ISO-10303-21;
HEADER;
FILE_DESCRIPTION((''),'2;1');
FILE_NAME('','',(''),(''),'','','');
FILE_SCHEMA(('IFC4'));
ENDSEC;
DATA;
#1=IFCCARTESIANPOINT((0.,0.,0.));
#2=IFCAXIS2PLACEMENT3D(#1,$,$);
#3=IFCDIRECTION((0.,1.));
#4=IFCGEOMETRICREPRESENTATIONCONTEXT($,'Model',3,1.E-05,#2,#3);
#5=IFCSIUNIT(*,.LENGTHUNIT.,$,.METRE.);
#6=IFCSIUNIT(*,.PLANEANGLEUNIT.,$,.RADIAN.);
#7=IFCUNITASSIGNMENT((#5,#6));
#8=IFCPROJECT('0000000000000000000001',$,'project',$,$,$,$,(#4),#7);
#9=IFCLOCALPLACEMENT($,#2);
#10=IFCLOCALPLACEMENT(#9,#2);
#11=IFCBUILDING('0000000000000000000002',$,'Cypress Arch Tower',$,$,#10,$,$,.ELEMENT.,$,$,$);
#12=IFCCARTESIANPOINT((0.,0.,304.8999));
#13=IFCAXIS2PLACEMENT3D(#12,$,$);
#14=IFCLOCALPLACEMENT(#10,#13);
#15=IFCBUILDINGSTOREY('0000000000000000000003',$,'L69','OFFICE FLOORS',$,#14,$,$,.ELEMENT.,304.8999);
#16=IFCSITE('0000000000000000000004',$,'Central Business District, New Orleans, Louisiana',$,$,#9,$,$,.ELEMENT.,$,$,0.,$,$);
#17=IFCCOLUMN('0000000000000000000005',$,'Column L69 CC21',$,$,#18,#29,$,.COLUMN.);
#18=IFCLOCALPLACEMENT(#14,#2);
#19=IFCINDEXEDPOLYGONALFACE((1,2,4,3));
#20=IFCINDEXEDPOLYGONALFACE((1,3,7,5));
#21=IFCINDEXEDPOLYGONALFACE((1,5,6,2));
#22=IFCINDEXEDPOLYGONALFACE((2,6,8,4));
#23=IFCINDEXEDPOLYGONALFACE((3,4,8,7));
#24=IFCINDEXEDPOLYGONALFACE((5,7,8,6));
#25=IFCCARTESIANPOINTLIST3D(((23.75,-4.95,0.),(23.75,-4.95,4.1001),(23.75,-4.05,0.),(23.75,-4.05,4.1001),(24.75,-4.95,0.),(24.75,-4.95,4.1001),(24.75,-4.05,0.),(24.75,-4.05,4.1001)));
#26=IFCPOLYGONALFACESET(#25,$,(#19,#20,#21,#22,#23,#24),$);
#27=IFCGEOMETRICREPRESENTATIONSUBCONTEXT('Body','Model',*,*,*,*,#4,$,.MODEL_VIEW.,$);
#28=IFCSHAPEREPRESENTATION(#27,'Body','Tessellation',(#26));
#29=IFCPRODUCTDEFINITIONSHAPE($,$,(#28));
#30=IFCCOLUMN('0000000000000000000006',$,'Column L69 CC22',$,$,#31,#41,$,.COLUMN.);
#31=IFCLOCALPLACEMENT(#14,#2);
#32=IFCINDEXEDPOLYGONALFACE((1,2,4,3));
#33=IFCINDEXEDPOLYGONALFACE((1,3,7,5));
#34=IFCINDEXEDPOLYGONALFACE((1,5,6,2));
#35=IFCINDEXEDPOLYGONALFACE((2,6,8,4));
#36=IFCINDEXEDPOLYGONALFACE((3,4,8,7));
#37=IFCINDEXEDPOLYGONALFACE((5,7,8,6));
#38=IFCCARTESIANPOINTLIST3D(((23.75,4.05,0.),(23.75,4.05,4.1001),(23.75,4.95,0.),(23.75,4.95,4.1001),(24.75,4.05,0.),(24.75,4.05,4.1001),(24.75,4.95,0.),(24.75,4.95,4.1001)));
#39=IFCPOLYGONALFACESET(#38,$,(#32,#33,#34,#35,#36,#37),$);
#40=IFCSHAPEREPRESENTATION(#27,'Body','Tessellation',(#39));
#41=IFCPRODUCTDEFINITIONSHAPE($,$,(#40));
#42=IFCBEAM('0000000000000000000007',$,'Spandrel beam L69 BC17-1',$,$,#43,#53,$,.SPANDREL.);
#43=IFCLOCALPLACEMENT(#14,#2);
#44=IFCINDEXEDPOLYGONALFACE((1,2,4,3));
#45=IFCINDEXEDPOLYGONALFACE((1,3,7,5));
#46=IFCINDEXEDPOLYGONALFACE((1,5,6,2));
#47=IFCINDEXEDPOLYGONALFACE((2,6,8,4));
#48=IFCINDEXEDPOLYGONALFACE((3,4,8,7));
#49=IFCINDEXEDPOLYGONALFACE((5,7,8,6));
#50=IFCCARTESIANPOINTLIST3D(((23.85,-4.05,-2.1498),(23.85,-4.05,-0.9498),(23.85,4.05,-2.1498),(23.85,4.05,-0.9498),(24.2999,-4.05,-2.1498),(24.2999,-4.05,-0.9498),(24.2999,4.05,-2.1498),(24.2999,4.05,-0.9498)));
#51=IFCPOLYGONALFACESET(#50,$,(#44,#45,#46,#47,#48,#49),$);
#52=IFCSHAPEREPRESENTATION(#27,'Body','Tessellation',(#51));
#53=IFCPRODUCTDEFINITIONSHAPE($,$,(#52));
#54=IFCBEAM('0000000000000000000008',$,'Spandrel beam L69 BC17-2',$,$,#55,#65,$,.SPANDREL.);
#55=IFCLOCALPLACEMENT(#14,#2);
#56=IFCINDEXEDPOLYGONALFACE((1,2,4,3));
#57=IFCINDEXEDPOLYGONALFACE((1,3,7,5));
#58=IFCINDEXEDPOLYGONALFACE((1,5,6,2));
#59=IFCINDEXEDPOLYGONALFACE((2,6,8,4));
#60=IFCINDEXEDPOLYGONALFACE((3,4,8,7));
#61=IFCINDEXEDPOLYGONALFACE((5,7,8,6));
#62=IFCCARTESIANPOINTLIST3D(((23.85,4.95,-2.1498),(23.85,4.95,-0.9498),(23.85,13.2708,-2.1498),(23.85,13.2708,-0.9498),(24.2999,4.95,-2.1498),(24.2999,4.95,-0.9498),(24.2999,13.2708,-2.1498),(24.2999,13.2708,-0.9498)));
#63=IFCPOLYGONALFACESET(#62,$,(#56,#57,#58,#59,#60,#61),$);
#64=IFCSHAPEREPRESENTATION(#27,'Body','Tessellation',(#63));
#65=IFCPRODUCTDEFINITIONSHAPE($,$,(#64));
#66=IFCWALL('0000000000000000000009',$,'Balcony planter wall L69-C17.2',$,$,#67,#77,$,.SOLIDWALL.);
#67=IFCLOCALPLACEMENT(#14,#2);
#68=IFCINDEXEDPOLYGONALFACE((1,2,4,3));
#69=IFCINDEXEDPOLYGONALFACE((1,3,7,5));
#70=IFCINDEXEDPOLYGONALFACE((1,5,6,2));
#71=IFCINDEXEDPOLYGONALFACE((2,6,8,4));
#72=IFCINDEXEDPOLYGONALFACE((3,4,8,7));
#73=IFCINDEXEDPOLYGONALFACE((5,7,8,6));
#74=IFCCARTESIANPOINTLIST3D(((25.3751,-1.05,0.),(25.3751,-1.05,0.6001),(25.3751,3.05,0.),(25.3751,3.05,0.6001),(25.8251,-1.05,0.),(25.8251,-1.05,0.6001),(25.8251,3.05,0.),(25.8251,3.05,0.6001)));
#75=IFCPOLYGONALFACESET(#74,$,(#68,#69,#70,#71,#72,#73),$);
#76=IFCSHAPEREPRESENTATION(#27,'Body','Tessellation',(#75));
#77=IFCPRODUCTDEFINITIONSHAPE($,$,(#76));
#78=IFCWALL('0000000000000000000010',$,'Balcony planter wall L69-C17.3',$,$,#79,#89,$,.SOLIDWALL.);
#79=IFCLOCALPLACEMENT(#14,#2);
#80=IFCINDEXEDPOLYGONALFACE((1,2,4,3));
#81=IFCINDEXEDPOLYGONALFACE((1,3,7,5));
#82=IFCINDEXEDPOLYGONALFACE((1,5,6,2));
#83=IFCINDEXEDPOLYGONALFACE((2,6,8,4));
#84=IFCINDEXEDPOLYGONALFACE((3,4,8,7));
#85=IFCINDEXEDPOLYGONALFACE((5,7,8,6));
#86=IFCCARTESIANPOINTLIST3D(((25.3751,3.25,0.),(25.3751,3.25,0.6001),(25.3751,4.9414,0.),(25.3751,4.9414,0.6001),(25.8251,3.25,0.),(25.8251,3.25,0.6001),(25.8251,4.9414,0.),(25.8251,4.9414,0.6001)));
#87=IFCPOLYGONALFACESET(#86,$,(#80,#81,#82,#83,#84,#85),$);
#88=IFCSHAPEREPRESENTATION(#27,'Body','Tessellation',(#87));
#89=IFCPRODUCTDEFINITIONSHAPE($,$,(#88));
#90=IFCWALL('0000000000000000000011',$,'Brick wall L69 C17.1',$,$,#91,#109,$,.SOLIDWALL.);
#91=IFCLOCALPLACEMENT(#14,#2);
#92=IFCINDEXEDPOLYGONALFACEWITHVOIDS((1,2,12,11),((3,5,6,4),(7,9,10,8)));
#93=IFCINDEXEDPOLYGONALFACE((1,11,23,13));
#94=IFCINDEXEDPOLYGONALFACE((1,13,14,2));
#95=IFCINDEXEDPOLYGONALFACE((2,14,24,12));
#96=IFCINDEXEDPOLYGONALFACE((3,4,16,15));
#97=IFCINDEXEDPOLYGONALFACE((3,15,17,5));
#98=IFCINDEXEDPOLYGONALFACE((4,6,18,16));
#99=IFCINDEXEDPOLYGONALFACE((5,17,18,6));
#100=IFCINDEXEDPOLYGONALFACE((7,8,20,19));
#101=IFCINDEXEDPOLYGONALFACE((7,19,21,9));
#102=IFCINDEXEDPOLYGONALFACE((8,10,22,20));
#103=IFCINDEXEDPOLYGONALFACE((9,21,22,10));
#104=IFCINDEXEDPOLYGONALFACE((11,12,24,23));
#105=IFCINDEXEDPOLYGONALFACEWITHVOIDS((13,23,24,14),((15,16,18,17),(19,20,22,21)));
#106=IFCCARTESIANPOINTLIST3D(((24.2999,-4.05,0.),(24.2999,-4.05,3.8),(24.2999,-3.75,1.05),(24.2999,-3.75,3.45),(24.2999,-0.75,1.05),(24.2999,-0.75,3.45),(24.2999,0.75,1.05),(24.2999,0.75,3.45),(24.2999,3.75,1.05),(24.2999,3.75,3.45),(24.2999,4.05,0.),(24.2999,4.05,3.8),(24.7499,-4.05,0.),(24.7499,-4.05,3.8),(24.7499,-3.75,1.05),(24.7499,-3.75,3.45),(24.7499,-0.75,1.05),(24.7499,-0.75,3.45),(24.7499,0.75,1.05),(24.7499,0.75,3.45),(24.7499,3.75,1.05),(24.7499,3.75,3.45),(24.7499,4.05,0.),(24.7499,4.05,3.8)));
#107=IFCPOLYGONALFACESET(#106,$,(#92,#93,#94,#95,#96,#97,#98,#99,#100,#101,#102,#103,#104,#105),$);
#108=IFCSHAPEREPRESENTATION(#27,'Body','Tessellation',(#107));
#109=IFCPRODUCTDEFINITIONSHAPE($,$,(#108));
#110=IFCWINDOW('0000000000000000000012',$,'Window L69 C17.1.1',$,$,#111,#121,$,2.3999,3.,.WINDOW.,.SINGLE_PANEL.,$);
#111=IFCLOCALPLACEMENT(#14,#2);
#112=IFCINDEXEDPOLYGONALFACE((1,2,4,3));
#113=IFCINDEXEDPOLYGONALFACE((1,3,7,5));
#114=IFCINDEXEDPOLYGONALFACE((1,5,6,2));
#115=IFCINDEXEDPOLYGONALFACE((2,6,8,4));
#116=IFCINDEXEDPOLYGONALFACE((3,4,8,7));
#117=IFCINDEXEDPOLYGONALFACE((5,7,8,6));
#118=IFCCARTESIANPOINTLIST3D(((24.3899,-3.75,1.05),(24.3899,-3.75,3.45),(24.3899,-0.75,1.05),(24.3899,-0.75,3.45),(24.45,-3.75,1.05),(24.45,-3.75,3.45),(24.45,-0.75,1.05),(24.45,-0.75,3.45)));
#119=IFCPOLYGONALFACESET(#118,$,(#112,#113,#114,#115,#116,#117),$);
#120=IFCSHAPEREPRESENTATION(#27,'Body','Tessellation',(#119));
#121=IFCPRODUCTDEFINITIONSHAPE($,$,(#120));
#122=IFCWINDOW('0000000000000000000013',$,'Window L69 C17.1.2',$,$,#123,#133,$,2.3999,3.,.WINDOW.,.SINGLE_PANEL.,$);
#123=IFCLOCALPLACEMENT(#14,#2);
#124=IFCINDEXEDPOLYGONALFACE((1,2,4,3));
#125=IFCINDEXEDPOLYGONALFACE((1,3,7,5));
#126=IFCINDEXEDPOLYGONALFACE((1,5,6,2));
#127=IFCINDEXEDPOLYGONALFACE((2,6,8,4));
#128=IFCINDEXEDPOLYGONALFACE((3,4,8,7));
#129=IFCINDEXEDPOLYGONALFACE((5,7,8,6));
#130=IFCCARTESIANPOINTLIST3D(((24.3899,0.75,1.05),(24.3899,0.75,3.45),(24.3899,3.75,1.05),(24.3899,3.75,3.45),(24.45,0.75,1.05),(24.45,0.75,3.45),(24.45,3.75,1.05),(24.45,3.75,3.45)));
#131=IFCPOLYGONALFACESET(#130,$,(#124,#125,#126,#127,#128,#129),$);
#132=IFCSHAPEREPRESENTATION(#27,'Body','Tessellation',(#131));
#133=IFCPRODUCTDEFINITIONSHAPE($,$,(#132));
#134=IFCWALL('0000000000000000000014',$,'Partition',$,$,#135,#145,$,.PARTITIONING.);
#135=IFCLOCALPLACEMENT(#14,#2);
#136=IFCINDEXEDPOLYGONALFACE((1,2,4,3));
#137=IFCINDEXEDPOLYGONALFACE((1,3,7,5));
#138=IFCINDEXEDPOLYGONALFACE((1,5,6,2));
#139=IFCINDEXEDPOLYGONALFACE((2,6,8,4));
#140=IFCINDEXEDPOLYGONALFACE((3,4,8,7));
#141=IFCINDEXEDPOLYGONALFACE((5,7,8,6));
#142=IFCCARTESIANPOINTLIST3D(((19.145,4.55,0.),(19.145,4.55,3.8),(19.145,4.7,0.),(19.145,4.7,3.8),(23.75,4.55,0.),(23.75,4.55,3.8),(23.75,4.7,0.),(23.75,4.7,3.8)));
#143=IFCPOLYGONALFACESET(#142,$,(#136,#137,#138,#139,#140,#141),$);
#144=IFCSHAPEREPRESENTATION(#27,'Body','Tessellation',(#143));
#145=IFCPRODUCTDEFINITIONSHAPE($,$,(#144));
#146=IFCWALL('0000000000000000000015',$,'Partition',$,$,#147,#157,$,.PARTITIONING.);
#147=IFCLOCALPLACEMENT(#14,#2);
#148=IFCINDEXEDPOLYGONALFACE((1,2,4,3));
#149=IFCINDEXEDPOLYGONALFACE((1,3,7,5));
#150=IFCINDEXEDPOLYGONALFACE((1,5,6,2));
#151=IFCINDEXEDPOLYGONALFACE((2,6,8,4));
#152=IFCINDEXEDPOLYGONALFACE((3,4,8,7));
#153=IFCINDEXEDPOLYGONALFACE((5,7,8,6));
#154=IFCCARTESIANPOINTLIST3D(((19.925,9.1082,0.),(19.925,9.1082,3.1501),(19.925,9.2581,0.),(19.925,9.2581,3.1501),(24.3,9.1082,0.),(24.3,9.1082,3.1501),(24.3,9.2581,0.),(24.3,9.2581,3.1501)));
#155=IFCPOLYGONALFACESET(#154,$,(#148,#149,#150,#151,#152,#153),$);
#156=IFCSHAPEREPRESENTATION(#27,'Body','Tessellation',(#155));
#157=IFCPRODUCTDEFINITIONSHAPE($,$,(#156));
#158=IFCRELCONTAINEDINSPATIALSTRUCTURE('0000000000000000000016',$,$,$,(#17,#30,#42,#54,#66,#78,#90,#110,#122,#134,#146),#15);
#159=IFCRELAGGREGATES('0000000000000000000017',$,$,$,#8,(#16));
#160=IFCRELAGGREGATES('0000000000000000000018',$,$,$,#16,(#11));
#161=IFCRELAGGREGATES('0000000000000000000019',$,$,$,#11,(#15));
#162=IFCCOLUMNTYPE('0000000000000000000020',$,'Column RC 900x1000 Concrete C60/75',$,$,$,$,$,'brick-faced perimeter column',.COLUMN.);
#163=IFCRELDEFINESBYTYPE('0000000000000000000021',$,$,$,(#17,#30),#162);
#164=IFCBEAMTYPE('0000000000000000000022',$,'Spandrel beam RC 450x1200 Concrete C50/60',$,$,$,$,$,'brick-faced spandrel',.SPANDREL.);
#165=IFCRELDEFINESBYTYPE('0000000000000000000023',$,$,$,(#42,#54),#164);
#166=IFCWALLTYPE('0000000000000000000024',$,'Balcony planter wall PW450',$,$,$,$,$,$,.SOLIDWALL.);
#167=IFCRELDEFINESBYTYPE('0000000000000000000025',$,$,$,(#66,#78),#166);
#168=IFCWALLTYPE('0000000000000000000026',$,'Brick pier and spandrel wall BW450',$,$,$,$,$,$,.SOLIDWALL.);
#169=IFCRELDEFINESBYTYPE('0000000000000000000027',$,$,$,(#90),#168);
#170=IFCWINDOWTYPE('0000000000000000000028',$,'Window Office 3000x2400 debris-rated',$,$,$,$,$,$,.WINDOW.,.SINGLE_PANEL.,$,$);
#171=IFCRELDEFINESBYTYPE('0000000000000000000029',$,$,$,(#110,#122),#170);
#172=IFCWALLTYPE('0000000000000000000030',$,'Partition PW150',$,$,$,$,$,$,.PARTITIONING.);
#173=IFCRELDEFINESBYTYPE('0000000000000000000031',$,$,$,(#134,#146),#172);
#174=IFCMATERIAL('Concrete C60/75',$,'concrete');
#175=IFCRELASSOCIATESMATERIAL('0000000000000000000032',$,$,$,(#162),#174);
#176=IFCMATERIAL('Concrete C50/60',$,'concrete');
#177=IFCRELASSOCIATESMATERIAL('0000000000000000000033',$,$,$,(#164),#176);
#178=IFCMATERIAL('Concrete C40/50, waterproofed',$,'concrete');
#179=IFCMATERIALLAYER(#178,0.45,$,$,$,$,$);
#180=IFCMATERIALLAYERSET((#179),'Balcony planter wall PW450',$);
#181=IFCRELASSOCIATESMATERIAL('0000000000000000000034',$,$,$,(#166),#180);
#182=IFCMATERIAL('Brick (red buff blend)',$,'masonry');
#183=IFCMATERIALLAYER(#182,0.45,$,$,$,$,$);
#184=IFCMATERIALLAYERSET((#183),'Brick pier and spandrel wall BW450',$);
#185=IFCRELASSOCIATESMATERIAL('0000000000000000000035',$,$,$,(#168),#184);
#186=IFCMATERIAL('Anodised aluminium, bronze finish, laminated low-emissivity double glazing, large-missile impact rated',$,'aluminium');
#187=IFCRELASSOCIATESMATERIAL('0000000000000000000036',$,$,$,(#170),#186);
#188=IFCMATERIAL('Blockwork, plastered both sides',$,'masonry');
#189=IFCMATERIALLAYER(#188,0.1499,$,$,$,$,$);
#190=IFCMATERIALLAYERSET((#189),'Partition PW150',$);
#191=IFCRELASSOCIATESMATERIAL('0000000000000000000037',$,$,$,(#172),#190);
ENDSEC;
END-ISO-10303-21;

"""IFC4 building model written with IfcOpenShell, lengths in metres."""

from ifc_helpers import new_model, si_unit, direction, frame, frame_2d, origin, origin_2d, place, context, subcontext, project, spatial, rectangle, extrude, material, layer, layer_set, material_profile, profile_set, type_object, element, fill, save


model = new_model("IFC4")

# Units and contexts
model_context = context("Model", 3, precision=1e-05, world=origin(), true_north=direction((0.0, 1.0)))
body_context = subcontext(model_context, "Body", "Model", "MODEL_VIEW")
ifc_project = project(units=[si_unit("LENGTHUNIT", "METRE"), si_unit("PLANEANGLEUNIT", "RADIAN")], contexts=[model_context])

# Site, building, storey
site_placement = place(None, origin())
site = spatial("IfcSite", under=ifc_project, at=site_placement, Name="Central Business District, New Orleans, Louisiana", CompositionType="ELEMENT", RefElevation=0.0)
building_placement = place(site_placement, origin())
building = spatial("IfcBuilding", under=site, at=building_placement, Name="Cypress Arch Tower", CompositionType="ELEMENT")
storey_placement = place(building_placement, frame((0.0, 0.0, 304.8999)))
storey = spatial("IfcBuildingStorey", under=building, at=storey_placement, Name="L69", Description="OFFICE FLOORS", CompositionType="ELEMENT", Elevation=304.8999)

# Columns
ifc_material_1 = material(Name="Concrete C60/75", Category="concrete")
ifc_material_profile_1 = material_profile(ifc_material_1, rectangle(XDim=0.8999, YDim=1.0, at=origin_2d()), Name="RC 900x1000")
ifc_profile_set_1 = profile_set([ifc_material_profile_1], Name="Concrete C60/75")
column_type = type_object("IfcColumnType", Name="Column RC 900x1000 Concrete C60/75", ElementType="brick-faced perimeter column", PredefinedType="COLUMN", material=ifc_profile_set_1)
for number, where, z_axis, x_axis, name in (
    (1, (24.25, -4.5, 0.0), (0.0, 0.0, 1.0), (0.0, 1.0, 0.0), "Column L69 CC21"),
    (2, (24.25, 4.5, 0.0), (0.0, 0.0, 1.0), (0.0, 1.0, 0.0), "Column L69 CC22"),
):
    element("IfcColumn", number, at=place(storey_placement, frame(where, z_axis=z_axis, x_axis=x_axis)), inside=storey, type_object=column_type, Name=name, PredefinedType="COLUMN", context=body_context, shape_type="SweptSolid", body=[
        extrude(rectangle(XDim=0.8999, YDim=1.0, at=origin_2d()), origin(), (0.0, 0.0, 1.0), 4.1001),
    ])

# Beams
ifc_material_2 = material(Name="Concrete C50/60", Category="concrete")
ifc_material_profile_2 = material_profile(ifc_material_2, rectangle(XDim=0.45, YDim=1.2, at=origin_2d()), Name="RC 450x1200")
ifc_profile_set_2 = profile_set([ifc_material_profile_2], Name="Concrete C50/60")
beam_type = type_object("IfcBeamType", Name="Spandrel beam RC 450x1200 Concrete C50/60", ElementType="brick-faced spandrel", PredefinedType="SPANDREL", material=ifc_profile_set_2)
beam_1_placement = place(storey_placement, frame((24.075, -4.05, -1.5498), z_axis=(0.0, 1.0, 0.0), x_axis=(-1.0, 0.0, 0.0)))
element("IfcBeam", 3, at=beam_1_placement, inside=storey, type_object=beam_type, Name="Spandrel beam L69 BC17-1", PredefinedType="SPANDREL", context=body_context, shape_type="SweptSolid", body=[
    extrude(rectangle(XDim=0.45, YDim=1.2, at=origin_2d()), origin(), (0.0, 0.0, 1.0), 8.1001),
])
beam_2_placement = place(storey_placement, frame((24.075, 4.95, -1.5498), z_axis=(0.0, 1.0, 0.0), x_axis=(-1.0, 0.0, 0.0)))
element("IfcBeam", 4, at=beam_2_placement, inside=storey, type_object=beam_type, Name="Spandrel beam L69 BC17-2", PredefinedType="SPANDREL", context=body_context, shape_type="SweptSolid", body=[
    extrude(rectangle(XDim=0.45, YDim=1.2, at=origin_2d()), origin(), (0.0, 0.0, 1.0), 8.3208),
])

# Walls
ifc_material_3 = material(Name="Concrete C40/50, waterproofed", Category="concrete")
ifc_layer_1 = layer(ifc_material_3, 0.45)
ifc_layer_set_1 = layer_set([ifc_layer_1], Name="Balcony planter wall PW450")
wall_type_1 = type_object("IfcWallType", Name="Balcony planter wall PW450", PredefinedType="SOLIDWALL", material=ifc_layer_set_1)
wall_1_placement = place(storey_placement, frame((25.6001, -1.05, 0.0), z_axis=(0.0, 0.0, 1.0), x_axis=(0.0, 1.0, 0.0)))
element("IfcWall", 5, at=wall_1_placement, inside=storey, type_object=wall_type_1, Name="Balcony planter wall L69-C17.2", PredefinedType="SOLIDWALL", context=body_context, shape_type="SweptSolid", body=[
    extrude(rectangle(XDim=4.1001, YDim=0.45, at=frame_2d((2.05, 0.0))), origin(), (0.0, 0.0, 1.0), 0.6001),
])
wall_2_placement = place(storey_placement, frame((25.6001, 3.25, 0.0), z_axis=(0.0, 0.0, 1.0), x_axis=(0.0, 1.0, 0.0)))
element("IfcWall", 6, at=wall_2_placement, inside=storey, type_object=wall_type_1, Name="Balcony planter wall L69-C17.3", PredefinedType="SOLIDWALL", context=body_context, shape_type="SweptSolid", body=[
    extrude(rectangle(XDim=1.6914, YDim=0.45, at=frame_2d((0.8457, 0.0))), origin(), (0.0, 0.0, 1.0), 0.6001),
])

# Wall, openings, windows
ifc_material_4 = material(Name="Brick (red buff blend)", Category="masonry")
ifc_layer_2 = layer(ifc_material_4, 0.45)
ifc_layer_set_2 = layer_set([ifc_layer_2], Name="Brick pier and spandrel wall BW450")
wall_type_2 = type_object("IfcWallType", Name="Brick pier and spandrel wall BW450", PredefinedType="SOLIDWALL", material=ifc_layer_set_2)
wall_3_placement = place(storey_placement, frame((24.5249, -4.05, 0.0), z_axis=(0.0, 0.0, 1.0), x_axis=(0.0, 1.0, 0.0)))
wall_3 = element("IfcWall", 7, at=wall_3_placement, inside=storey, type_object=wall_type_2, Name="Brick wall L69 C17.1", PredefinedType="SOLIDWALL", context=body_context, shape_type="SweptSolid", body=[
    extrude(rectangle(XDim=8.1001, YDim=0.45, at=frame_2d((4.05, 0.0))), origin(), (0.0, 0.0, 1.0), 3.8),
])
opening_1_placement = place(wall_3_placement, frame((0.3, 0.0, 1.05)))
opening_1 = element("IfcOpeningElement", 8, at=opening_1_placement, cuts=wall_3, PredefinedType="OPENING", context=body_context, shape_type="SweptSolid", body=[
    extrude(rectangle(XDim=3.0, YDim=2.3999, at=frame_2d((1.5, 1.2))), frame((0.0, 0.2349, 0.0), z_axis=(0.0, -1.0, 0.0), x_axis=(1.0, 0.0, 0.0)), (0.0, 0.0, 1.0), 0.47),
])
opening_2_placement = place(wall_3_placement, frame((4.8, 0.0, 1.05)))
opening_2 = element("IfcOpeningElement", 9, at=opening_2_placement, cuts=wall_3, PredefinedType="OPENING", context=body_context, shape_type="SweptSolid", body=[
    extrude(rectangle(XDim=3.0, YDim=2.3999, at=frame_2d((1.5, 1.2))), frame((0.0, 0.2349, 0.0), z_axis=(0.0, -1.0, 0.0), x_axis=(1.0, 0.0, 0.0)), (0.0, 0.0, 1.0), 0.47),
])
ifc_material_5 = material(Name="Anodised aluminium, bronze finish, laminated low-emissivity double glazing, large-missile impact rated", Category="aluminium")
window_type_1 = type_object("IfcWindowType", Name="Window Office 3000x2400 debris-rated", PartitioningType="SINGLE_PANEL", PredefinedType="WINDOW", material=ifc_material_5)
window_1_placement = place(opening_1_placement, origin())
window_1 = element("IfcWindow", 10, at=window_1_placement, inside=storey, type_object=window_type_1, Name="Window L69 C17.1.1", OverallHeight=2.3999, OverallWidth=3.0, PartitioningType="SINGLE_PANEL", PredefinedType="WINDOW", context=body_context, shape_type="SweptSolid", body=[
    extrude(rectangle(XDim=3.0, YDim=2.3999, at=frame_2d((1.5, 1.2))), frame((0.0, 0.135, 0.0), z_axis=(0.0, -1.0, 0.0), x_axis=(1.0, 0.0, 0.0)), (0.0, 0.0, 1.0), 0.0601),
])
fill(opening_1, window_1)
window_2_placement = place(opening_2_placement, origin())
window_2 = element("IfcWindow", 11, at=window_2_placement, inside=storey, type_object=window_type_1, Name="Window L69 C17.1.2", OverallHeight=2.3999, OverallWidth=3.0, PartitioningType="SINGLE_PANEL", PredefinedType="WINDOW", context=body_context, shape_type="SweptSolid", body=[
    extrude(rectangle(XDim=3.0, YDim=2.3999, at=frame_2d((1.5, 1.2))), frame((0.0, 0.135, 0.0), z_axis=(0.0, -1.0, 0.0), x_axis=(1.0, 0.0, 0.0)), (0.0, 0.0, 1.0), 0.0601),
])
fill(opening_2, window_2)

# Walls
ifc_material_6 = material(Name="Blockwork, plastered both sides", Category="masonry")
ifc_layer_3 = layer(ifc_material_6, 0.1499)
ifc_layer_set_3 = layer_set([ifc_layer_3], Name="Partition PW150")
wall_type_3 = type_object("IfcWallType", Name="Partition PW150", PredefinedType="PARTITIONING", material=ifc_layer_set_3)
wall_4_placement = place(storey_placement, frame((19.145, 4.625, 0.0), z_axis=(0.0, 0.0, 1.0), x_axis=(1.0, 0.0, 0.0)))
element("IfcWall", 12, at=wall_4_placement, inside=storey, type_object=wall_type_3, Name="Partition", PredefinedType="PARTITIONING", context=body_context, shape_type="SweptSolid", body=[
    extrude(rectangle(XDim=4.605, YDim=0.1499, at=frame_2d((2.3025, 0.0))), origin(), (0.0, 0.0, 1.0), 3.8),
])
wall_5_placement = place(storey_placement, frame((19.925, 9.1831, 0.0), z_axis=(0.0, 0.0, 1.0), x_axis=(1.0, 0.0, 0.0)))
element("IfcWall", 13, at=wall_5_placement, inside=storey, type_object=wall_type_3, Name="Partition", PredefinedType="PARTITIONING", context=body_context, shape_type="SweptSolid", body=[
    extrude(rectangle(XDim=4.375, YDim=0.1499, at=frame_2d((2.1875, 0.0))), origin(), (0.0, 0.0, 1.0), 3.1501),
])

save(model, "model.ifc")
